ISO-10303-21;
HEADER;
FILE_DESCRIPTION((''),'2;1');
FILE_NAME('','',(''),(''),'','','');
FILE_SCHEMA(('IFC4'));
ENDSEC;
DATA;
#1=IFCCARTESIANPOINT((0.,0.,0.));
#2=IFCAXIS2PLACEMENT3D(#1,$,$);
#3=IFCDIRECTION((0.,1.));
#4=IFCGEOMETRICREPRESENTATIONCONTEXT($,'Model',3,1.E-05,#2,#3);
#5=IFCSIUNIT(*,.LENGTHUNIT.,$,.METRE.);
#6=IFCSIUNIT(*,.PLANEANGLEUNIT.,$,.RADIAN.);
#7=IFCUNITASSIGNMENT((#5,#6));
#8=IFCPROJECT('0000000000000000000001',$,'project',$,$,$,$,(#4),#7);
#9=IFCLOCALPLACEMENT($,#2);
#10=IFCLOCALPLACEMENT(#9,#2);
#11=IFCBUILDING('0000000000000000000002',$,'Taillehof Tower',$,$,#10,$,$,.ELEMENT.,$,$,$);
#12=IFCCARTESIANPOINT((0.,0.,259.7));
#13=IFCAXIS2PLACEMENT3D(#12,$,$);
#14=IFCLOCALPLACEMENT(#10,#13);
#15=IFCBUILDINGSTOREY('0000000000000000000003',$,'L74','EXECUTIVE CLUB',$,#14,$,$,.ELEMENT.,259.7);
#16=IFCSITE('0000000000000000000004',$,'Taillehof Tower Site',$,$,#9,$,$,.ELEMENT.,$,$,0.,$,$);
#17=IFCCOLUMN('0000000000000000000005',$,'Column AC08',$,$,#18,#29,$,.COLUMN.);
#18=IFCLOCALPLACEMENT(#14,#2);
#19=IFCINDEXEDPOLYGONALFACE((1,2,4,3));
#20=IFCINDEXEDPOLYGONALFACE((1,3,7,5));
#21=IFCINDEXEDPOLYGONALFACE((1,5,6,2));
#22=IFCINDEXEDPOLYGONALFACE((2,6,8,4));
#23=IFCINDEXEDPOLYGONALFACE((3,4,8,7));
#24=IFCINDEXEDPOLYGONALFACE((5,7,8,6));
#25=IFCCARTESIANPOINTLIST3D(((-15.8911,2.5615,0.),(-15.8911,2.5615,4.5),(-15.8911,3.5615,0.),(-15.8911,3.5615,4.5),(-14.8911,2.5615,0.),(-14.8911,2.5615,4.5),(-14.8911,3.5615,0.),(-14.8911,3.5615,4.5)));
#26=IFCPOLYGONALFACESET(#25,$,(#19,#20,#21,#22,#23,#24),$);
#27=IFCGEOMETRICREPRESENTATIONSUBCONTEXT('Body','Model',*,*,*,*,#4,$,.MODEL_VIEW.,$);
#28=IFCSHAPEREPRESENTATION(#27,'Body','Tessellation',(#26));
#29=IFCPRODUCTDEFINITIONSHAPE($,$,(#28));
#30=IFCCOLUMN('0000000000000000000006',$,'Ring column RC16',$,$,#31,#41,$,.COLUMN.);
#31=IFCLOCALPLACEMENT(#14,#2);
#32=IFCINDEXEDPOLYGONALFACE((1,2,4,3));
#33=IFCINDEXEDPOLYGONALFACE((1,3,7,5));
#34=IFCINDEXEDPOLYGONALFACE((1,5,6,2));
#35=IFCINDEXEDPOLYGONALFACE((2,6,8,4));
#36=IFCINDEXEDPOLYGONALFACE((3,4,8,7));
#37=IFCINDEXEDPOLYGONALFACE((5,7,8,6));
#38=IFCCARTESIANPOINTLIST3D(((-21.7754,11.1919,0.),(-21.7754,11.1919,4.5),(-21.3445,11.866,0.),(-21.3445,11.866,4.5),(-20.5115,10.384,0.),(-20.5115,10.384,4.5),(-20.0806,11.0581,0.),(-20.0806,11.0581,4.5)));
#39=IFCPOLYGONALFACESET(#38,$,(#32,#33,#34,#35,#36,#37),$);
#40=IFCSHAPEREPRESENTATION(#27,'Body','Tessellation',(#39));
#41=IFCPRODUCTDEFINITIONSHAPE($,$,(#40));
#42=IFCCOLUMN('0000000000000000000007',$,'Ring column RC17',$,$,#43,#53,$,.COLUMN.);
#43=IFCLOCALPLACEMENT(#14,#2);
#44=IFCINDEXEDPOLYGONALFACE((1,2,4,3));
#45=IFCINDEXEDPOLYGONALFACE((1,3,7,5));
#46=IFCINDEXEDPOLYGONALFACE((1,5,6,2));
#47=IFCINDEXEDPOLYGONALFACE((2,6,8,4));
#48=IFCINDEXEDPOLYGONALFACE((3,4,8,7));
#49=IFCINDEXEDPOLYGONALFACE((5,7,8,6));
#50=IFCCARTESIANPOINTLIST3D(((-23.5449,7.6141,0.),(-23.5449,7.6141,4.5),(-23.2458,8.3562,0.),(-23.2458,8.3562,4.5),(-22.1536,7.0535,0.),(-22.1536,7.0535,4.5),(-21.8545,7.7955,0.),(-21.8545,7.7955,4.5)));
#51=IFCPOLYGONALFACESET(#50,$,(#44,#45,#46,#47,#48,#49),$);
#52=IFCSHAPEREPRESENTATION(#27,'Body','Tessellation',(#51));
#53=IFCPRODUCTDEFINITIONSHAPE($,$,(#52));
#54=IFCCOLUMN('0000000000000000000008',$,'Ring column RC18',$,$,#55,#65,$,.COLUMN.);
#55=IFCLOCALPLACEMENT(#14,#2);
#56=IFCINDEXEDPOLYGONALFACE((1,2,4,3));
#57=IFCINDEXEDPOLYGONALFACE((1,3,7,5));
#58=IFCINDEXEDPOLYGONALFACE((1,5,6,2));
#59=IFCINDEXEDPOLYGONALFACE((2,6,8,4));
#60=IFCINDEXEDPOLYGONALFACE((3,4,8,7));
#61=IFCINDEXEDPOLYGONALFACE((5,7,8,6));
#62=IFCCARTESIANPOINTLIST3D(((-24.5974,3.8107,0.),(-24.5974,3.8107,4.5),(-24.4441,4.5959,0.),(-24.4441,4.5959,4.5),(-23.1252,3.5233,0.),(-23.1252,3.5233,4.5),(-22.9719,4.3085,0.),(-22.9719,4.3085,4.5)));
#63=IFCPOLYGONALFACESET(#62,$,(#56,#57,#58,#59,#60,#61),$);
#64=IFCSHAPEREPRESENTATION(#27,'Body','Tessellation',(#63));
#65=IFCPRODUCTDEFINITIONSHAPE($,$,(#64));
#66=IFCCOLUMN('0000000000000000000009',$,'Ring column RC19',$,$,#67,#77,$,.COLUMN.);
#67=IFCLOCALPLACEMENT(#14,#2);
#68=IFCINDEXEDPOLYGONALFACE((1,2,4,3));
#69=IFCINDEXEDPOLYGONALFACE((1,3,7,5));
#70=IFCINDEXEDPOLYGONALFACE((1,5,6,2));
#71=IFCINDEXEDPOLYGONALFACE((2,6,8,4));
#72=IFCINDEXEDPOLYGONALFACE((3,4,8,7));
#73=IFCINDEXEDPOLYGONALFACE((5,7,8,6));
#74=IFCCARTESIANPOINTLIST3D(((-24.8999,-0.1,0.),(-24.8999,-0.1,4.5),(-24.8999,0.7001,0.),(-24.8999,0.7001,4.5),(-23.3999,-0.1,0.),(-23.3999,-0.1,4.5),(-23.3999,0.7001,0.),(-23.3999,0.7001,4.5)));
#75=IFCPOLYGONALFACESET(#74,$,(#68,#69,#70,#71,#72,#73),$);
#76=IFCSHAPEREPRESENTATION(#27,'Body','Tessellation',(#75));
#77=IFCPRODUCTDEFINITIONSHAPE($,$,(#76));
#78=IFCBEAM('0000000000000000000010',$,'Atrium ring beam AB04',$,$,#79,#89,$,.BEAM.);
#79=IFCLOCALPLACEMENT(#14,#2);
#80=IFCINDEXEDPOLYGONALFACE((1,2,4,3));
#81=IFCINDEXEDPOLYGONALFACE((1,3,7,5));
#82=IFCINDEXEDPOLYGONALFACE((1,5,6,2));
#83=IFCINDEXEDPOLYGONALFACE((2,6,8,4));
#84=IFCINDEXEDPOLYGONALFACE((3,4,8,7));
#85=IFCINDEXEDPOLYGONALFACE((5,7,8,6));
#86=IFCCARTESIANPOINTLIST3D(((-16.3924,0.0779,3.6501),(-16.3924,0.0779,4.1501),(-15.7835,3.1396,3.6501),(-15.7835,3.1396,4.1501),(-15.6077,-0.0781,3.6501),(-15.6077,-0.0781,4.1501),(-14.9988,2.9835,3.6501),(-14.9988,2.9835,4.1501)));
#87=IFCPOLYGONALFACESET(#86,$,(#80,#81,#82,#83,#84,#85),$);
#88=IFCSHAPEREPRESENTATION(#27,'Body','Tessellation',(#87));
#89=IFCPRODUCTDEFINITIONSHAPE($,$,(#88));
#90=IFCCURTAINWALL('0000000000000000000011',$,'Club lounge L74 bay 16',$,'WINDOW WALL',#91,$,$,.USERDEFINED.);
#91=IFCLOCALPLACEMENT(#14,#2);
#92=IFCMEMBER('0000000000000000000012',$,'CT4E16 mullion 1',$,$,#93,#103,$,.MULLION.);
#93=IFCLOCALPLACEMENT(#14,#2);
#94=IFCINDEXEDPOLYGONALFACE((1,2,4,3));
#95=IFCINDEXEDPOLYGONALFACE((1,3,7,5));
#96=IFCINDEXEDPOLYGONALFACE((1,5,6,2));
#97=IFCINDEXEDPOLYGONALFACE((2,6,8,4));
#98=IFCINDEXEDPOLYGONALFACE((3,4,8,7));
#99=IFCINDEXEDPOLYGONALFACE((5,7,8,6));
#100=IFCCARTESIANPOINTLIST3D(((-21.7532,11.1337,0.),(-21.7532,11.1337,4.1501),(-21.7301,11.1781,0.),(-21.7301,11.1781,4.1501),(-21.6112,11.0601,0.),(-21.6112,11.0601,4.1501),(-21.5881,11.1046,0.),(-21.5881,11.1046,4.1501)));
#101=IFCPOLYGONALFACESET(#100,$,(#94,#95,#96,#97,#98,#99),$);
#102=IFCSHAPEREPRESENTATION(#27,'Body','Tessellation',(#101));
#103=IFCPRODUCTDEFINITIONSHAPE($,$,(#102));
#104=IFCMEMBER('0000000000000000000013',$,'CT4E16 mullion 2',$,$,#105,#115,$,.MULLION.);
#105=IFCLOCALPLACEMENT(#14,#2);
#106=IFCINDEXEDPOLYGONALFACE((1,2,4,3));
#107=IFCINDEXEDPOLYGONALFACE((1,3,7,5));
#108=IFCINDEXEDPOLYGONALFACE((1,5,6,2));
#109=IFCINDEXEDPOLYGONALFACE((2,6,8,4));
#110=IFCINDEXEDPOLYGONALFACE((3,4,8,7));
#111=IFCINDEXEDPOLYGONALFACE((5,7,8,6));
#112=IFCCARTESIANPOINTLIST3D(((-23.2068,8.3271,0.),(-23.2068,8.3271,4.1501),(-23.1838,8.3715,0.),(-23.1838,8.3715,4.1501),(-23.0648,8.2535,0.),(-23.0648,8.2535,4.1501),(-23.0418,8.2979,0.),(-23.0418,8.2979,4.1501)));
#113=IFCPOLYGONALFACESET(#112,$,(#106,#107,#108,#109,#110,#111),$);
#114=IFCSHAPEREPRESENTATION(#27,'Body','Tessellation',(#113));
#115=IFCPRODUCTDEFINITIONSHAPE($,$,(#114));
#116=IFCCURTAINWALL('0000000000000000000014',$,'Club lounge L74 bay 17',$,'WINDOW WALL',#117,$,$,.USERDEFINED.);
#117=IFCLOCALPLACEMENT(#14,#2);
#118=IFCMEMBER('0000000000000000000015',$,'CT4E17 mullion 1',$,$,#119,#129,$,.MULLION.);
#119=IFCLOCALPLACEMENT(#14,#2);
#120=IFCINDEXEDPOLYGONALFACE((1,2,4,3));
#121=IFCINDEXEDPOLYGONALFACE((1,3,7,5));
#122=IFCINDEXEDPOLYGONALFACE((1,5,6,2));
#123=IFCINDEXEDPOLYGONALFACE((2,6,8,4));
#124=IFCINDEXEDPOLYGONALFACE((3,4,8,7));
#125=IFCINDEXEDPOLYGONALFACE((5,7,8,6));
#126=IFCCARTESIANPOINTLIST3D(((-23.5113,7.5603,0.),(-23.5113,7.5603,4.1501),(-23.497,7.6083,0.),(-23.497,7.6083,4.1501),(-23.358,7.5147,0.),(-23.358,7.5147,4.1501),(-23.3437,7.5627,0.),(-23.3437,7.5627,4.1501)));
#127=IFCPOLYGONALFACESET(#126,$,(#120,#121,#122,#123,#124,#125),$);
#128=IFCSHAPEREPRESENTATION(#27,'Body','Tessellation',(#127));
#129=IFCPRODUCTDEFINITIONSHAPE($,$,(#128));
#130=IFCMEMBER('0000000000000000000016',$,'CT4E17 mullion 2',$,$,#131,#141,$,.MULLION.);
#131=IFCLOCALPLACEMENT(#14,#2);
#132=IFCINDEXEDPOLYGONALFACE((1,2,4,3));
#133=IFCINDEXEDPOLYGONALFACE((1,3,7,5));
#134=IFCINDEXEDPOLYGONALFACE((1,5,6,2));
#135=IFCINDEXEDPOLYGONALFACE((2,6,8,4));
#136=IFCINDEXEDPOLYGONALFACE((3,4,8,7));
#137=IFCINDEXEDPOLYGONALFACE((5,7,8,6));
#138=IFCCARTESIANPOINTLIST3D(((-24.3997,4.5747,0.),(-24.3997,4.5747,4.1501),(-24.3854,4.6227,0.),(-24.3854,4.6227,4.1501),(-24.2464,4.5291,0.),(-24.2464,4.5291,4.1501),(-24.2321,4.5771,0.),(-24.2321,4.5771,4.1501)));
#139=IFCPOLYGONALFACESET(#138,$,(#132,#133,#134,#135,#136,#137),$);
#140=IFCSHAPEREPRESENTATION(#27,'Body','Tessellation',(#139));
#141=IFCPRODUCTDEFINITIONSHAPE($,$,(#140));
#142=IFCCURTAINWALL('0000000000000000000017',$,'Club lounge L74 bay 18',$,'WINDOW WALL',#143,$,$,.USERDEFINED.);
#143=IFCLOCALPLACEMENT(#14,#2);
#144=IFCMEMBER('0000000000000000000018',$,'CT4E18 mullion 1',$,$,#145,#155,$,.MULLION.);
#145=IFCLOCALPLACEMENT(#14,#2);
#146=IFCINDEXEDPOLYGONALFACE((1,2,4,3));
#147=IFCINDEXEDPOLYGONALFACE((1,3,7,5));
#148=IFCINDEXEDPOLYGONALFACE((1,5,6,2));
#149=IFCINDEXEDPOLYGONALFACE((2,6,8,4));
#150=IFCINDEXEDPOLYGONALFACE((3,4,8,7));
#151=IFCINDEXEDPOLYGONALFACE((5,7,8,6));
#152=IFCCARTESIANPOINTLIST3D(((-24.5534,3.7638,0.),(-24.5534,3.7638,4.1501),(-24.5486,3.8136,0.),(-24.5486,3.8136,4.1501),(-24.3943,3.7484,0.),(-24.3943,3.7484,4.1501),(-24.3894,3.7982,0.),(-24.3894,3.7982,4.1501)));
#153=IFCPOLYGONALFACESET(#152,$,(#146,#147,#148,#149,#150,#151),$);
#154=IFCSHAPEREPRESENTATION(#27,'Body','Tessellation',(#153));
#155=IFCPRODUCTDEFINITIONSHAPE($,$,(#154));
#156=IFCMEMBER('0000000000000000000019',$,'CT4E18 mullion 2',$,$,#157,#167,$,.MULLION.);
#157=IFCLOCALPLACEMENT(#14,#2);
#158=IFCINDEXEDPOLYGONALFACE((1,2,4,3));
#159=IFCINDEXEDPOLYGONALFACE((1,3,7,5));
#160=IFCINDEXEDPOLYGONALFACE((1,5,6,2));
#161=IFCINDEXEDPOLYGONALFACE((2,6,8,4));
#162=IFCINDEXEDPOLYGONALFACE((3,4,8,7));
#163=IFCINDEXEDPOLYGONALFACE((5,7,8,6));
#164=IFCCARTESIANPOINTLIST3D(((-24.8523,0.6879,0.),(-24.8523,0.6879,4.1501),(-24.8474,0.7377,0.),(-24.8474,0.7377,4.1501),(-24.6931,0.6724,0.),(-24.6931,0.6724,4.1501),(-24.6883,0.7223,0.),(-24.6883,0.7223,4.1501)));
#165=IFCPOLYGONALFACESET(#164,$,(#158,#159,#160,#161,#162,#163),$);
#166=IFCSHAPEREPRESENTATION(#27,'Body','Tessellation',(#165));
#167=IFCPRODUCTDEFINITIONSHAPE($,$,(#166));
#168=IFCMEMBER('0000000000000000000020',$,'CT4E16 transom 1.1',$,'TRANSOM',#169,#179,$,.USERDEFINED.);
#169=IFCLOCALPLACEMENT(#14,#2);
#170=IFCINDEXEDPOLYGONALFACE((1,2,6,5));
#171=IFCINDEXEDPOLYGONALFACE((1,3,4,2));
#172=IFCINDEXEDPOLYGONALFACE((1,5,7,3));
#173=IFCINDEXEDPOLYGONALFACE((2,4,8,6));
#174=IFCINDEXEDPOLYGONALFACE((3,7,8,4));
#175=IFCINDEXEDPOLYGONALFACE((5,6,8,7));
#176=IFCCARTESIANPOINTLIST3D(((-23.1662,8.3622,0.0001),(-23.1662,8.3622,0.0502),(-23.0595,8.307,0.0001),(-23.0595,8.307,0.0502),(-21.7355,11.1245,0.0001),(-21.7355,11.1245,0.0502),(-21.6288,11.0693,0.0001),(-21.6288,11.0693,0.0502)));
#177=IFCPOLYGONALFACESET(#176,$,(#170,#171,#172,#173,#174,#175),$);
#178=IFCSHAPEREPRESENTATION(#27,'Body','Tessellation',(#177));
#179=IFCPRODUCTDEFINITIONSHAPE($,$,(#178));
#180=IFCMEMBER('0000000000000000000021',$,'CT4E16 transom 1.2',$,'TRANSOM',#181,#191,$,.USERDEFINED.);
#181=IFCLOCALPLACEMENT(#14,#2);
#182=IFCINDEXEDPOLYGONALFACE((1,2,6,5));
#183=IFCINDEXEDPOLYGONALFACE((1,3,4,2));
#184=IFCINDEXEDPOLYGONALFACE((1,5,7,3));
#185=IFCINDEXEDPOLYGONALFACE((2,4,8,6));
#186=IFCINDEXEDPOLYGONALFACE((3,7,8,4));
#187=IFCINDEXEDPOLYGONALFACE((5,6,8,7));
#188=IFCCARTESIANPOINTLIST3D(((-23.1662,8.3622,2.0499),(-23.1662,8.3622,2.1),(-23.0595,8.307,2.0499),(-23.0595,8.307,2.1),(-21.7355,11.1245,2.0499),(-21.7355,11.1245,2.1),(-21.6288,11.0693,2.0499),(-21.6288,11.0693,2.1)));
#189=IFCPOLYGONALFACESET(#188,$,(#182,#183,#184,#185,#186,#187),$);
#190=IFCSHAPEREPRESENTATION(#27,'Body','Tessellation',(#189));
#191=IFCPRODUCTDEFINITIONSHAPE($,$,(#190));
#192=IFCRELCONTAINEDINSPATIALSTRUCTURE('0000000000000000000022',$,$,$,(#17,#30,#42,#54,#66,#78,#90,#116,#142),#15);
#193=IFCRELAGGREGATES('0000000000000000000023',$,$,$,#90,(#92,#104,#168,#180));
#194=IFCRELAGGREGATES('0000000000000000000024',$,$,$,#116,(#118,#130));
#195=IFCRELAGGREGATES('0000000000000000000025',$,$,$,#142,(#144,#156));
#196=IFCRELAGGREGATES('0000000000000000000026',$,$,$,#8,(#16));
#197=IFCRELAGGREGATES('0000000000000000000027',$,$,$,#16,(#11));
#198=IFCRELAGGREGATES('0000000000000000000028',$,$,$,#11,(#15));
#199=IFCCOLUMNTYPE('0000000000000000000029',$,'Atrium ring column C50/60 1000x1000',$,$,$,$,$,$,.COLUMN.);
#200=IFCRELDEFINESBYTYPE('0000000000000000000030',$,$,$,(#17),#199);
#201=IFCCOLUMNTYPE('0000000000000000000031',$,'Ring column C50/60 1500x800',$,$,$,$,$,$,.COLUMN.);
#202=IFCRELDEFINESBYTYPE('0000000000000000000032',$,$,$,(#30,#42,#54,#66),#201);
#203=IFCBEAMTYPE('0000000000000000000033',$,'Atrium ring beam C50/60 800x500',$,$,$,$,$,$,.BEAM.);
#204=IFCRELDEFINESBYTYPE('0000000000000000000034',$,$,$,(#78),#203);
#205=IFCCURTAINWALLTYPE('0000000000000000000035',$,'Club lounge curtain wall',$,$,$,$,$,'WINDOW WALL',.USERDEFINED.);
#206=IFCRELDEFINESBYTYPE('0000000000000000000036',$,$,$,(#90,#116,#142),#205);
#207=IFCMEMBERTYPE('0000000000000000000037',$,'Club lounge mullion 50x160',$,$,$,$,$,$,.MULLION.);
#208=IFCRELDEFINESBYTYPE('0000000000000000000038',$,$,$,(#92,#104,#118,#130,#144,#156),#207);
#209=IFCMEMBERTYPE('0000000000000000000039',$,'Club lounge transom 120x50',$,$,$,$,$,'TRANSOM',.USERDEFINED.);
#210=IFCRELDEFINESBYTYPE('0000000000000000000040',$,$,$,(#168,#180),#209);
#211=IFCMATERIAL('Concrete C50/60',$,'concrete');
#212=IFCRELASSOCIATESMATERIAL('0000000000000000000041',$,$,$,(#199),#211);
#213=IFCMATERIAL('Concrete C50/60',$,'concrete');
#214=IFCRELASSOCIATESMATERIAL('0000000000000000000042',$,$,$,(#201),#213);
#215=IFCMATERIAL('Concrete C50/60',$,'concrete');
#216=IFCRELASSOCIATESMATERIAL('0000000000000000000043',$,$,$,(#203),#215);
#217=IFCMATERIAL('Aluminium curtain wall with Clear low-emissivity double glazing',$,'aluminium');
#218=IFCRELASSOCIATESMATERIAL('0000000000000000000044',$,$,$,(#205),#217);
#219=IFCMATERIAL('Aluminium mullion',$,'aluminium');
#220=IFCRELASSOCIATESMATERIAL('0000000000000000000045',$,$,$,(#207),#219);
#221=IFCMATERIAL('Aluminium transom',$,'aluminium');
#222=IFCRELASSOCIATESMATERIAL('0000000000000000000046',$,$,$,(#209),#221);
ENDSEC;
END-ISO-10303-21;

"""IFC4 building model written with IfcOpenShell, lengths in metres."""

from ifc_helpers import new_model, si_unit, direction, frame, origin, origin_2d, place, context, subcontext, project, spatial, rectangle, extrude, material, material_profile, profile_set, type_object, element, aggregate, save


model = new_model("IFC4")

# Units and contexts
model_context = context("Model", 3, precision=1e-05, world=origin(), true_north=direction((0.0, 1.0)))
body_context = subcontext(model_context, "Body", "Model", "MODEL_VIEW")
ifc_project = project(units=[si_unit("LENGTHUNIT", "METRE"), si_unit("PLANEANGLEUNIT", "RADIAN")], contexts=[model_context])

# Site, building, storey
site_placement = place(None, origin())
site = spatial("IfcSite", under=ifc_project, at=site_placement, Name="Taillehof Tower Site", CompositionType="ELEMENT", RefElevation=0.0)
building_placement = place(site_placement, origin())
building = spatial("IfcBuilding", under=site, at=building_placement, Name="Taillehof Tower", CompositionType="ELEMENT")
storey_placement = place(building_placement, frame((0.0, 0.0, 259.7)))
storey = spatial("IfcBuildingStorey", under=building, at=storey_placement, Name="L74", Description="EXECUTIVE CLUB", CompositionType="ELEMENT", Elevation=259.7)

# Columns
ifc_material_1 = material(Name="Concrete C50/60", Category="concrete")
ifc_material_profile_1 = material_profile(ifc_material_1, rectangle(XDim=1.0, YDim=1.0, at=origin_2d()), Name="RC 1000x1000")
ifc_profile_set_1 = profile_set([ifc_material_profile_1], Name="Concrete C50/60")
column_type_1 = type_object("IfcColumnType", Name="Atrium ring column C50/60 1000x1000", PredefinedType="COLUMN", material=ifc_profile_set_1)
column_placement = place(storey_placement, frame((-15.3911, 3.0615, 0.0), z_axis=(0.0, 0.0, 1.0), x_axis=(1.0, 0.0, 0.0)))
element("IfcColumn", 1, at=column_placement, inside=storey, type_object=column_type_1, Name="Column AC08", PredefinedType="COLUMN", context=body_context, shape_type="SweptSolid", body=[
    extrude(rectangle(XDim=1.0, YDim=1.0, at=origin_2d()), origin(), (0.0, 0.0, 1.0), 4.5),
])
ifc_material_2 = material(Name="Concrete C50/60", Category="concrete")
ifc_material_profile_2 = material_profile(ifc_material_2, rectangle(XDim=1.5, YDim=0.8, at=origin_2d()), Name="RC 1500x800")
ifc_profile_set_2 = profile_set([ifc_material_profile_2], Name="Concrete C50/60")
column_type_2 = type_object("IfcColumnType", Name="Ring column C50/60 1500x800", PredefinedType="COLUMN", material=ifc_profile_set_2)
for number, where, z_axis, x_axis, name in (
    (2, (-20.928, 11.125, 0.0), (0.0, 0.0, 1.0), (-0.842574, 0.538581, 0.0), "Ring column RC16"),
    (3, (-22.6997, 7.7048, 0.0), (0.0, 0.0, 1.0), (-0.927525, 0.373762, 0.0), "Ring column RC17"),
    (4, (-23.7847, 4.0596, 0.0), (0.0, 0.0, 1.0), (-0.981473, 0.191602, 0.0), "Ring column RC18"),
    (5, (-24.1499, 0.3, 0.0), (0.0, 0.0, 1.0), (-1.0, 0.0, 0.0), "Ring column RC19"),
):
    element("IfcColumn", number, at=place(storey_placement, frame(where, z_axis=z_axis, x_axis=x_axis)), inside=storey, type_object=column_type_2, Name=name, PredefinedType="COLUMN", context=body_context, shape_type="SweptSolid", body=[
        extrude(rectangle(XDim=1.5, YDim=0.8, at=origin_2d()), origin(), (0.0, 0.0, 1.0), 4.5),
    ])

# Beam
ifc_material_3 = material(Name="Concrete C50/60", Category="concrete")
ifc_material_profile_3 = material_profile(ifc_material_3, rectangle(XDim=0.8, YDim=0.5, at=origin_2d()), Name="RC 800x500")
ifc_profile_set_3 = profile_set([ifc_material_profile_3], Name="Concrete C50/60")
beam_type_1 = type_object("IfcBeamType", Name="Atrium ring beam C50/60 800x500", PredefinedType="BEAM", material=ifc_profile_set_3)
beam_1_placement = place(storey_placement, frame((-15.3911, 3.0615, 3.9001), z_axis=(-0.195063, -0.980791, 0.0), x_axis=(0.980791, -0.195063, 0.0)))
element("IfcBeam", 6, at=beam_1_placement, inside=storey, type_object=beam_type_1, Name="Atrium ring beam AB04", PredefinedType="BEAM", context=body_context, shape_type="SweptSolid", body=[
    extrude(rectangle(XDim=0.8, YDim=0.5, at=origin_2d()), origin(), (0.0, 0.0, 1.0), 3.1216),
])

# Curtain walls, members
ifc_material_4 = material(Name="Aluminium curtain wall with Clear low-emissivity double glazing", Category="aluminium")
curtain_wall_type = type_object("IfcCurtainWallType", Name="Club lounge curtain wall", ElementType="WINDOW WALL", PredefinedType="USERDEFINED", material=ifc_material_4)
curtain_wall_1_placement = place(storey_placement, origin())
curtain_wall_1 = element("IfcCurtainWall", 7, at=curtain_wall_1_placement, inside=storey, type_object=curtain_wall_type, Name="Club lounge L74 bay 16", ObjectType="WINDOW WALL", PredefinedType="USERDEFINED")
ifc_material_5 = material(Name="Aluminium mullion", Category="aluminium")
ifc_material_profile_4 = material_profile(ifc_material_5, rectangle(XDim=0.1599, YDim=0.05, at=origin_2d()), Name="AL 50x160")
ifc_profile_set_4 = profile_set([ifc_material_profile_4], Name="Aluminium mullion")
member_type_1 = type_object("IfcMemberType", Name="Club lounge mullion 50x160", PredefinedType="MULLION", material=ifc_profile_set_4)
member_1_placement = place(storey_placement, frame((-21.6707, 11.1191, 0.0), z_axis=(0.0, 0.0, 1.0), x_axis=(0.887975, -0.459891, 0.0)))
member_1 = element("IfcMember", 8, at=member_1_placement, type_object=member_type_1, Name="CT4E16 mullion 1", PredefinedType="MULLION", context=body_context, shape_type="SweptSolid", body=[
    extrude(rectangle(XDim=0.1599, YDim=0.05, at=origin_2d()), origin(), (0.0, 0.0, 1.0), 4.1501),
])
member_2_placement = place(storey_placement, frame((-23.1243, 8.3125, 0.0), z_axis=(0.0, 0.0, 1.0), x_axis=(0.887975, -0.459891, 0.0)))
member_2 = element("IfcMember", 9, at=member_2_placement, type_object=member_type_1, Name="CT4E16 mullion 2", PredefinedType="MULLION", context=body_context, shape_type="SweptSolid", body=[
    extrude(rectangle(XDim=0.1599, YDim=0.05, at=origin_2d()), origin(), (0.0, 0.0, 1.0), 4.1501),
])
curtain_wall_2_placement = place(storey_placement, origin())
curtain_wall_2 = element("IfcCurtainWall", 10, at=curtain_wall_2_placement, inside=storey, type_object=curtain_wall_type, Name="Club lounge L74 bay 17", ObjectType="WINDOW WALL", PredefinedType="USERDEFINED")
member_3_placement = place(storey_placement, frame((-23.4275, 7.5615, 0.0), z_axis=(0.0, 0.0, 1.0), x_axis=(0.958457, -0.285236, 0.0)))
member_3 = element("IfcMember", 11, at=member_3_placement, type_object=member_type_1, Name="CT4E17 mullion 1", PredefinedType="MULLION", context=body_context, shape_type="SweptSolid", body=[
    extrude(rectangle(XDim=0.1599, YDim=0.05, at=origin_2d()), origin(), (0.0, 0.0, 1.0), 4.1501),
])
member_4_placement = place(storey_placement, frame((-24.3159, 4.5759, 0.0), z_axis=(0.0, 0.0, 1.0), x_axis=(0.958457, -0.285236, 0.0)))
member_4 = element("IfcMember", 12, at=member_4_placement, type_object=member_type_1, Name="CT4E17 mullion 2", PredefinedType="MULLION", context=body_context, shape_type="SweptSolid", body=[
    extrude(rectangle(XDim=0.1599, YDim=0.05, at=origin_2d()), origin(), (0.0, 0.0, 1.0), 4.1501),
])
curtain_wall_3_placement = place(storey_placement, origin())
curtain_wall_3 = element("IfcCurtainWall", 13, at=curtain_wall_3_placement, inside=storey, type_object=curtain_wall_type, Name="Club lounge L74 bay 18", ObjectType="WINDOW WALL", PredefinedType="USERDEFINED")
member_5_placement = place(storey_placement, frame((-24.4714, 3.781, 0.0), z_axis=(0.0, 0.0, 1.0), x_axis=(0.995312, -0.096714, 0.0)))
member_5 = element("IfcMember", 14, at=member_5_placement, type_object=member_type_1, Name="CT4E18 mullion 1", PredefinedType="MULLION", context=body_context, shape_type="SweptSolid", body=[
    extrude(rectangle(XDim=0.1599, YDim=0.05, at=origin_2d()), origin(), (0.0, 0.0, 1.0), 4.1501),
])
member_6_placement = place(storey_placement, frame((-24.7703, 0.7051, 0.0), z_axis=(0.0, 0.0, 1.0), x_axis=(0.995312, -0.096714, 0.0)))
member_6 = element("IfcMember", 15, at=member_6_placement, type_object=member_type_1, Name="CT4E18 mullion 2", PredefinedType="MULLION", context=body_context, shape_type="SweptSolid", body=[
    extrude(rectangle(XDim=0.1599, YDim=0.05, at=origin_2d()), origin(), (0.0, 0.0, 1.0), 4.1501),
])

# Members
ifc_material_6 = material(Name="Aluminium transom", Category="aluminium")
ifc_material_profile_5 = material_profile(ifc_material_6, rectangle(XDim=0.1201, YDim=0.05, at=origin_2d()), Name="AL 120x50")
ifc_profile_set_5 = profile_set([ifc_material_profile_5], Name="Aluminium transom")
member_type_2 = type_object("IfcMemberType", Name="Club lounge transom 120x50", ElementType="TRANSOM", PredefinedType="USERDEFINED", material=ifc_profile_set_5)
member_7_placement = place(storey_placement, frame((-21.6821, 11.0969, 0.0251), z_axis=(-0.459914, -0.887964, 0.0), x_axis=(0.887964, -0.459914, 0.0)))
member_7 = element("IfcMember", 16, at=member_7_placement, type_object=member_type_2, Name="CT4E16 transom 1.1", ObjectType="TRANSOM", PredefinedType="USERDEFINED", context=body_context, shape_type="SweptSolid", body=[
    extrude(rectangle(XDim=0.1201, YDim=0.05, at=origin_2d()), origin(), (0.0, 0.0, 1.0), 3.1108),
])
member_8_placement = place(storey_placement, frame((-21.6821, 11.0969, 2.075), z_axis=(-0.459914, -0.887964, 0.0), x_axis=(0.887964, -0.459914, 0.0)))
member_8 = element("IfcMember", 17, at=member_8_placement, type_object=member_type_2, Name="CT4E16 transom 1.2", ObjectType="TRANSOM", PredefinedType="USERDEFINED", context=body_context, shape_type="SweptSolid", body=[
    extrude(rectangle(XDim=0.1201, YDim=0.05, at=origin_2d()), origin(), (0.0, 0.0, 1.0), 3.1108),
])

aggregate(curtain_wall_1, [member_1, member_2, member_7, member_8])
aggregate(curtain_wall_2, [member_3, member_4])
aggregate(curtain_wall_3, [member_5, member_6])

save(model, "model.ifc")
